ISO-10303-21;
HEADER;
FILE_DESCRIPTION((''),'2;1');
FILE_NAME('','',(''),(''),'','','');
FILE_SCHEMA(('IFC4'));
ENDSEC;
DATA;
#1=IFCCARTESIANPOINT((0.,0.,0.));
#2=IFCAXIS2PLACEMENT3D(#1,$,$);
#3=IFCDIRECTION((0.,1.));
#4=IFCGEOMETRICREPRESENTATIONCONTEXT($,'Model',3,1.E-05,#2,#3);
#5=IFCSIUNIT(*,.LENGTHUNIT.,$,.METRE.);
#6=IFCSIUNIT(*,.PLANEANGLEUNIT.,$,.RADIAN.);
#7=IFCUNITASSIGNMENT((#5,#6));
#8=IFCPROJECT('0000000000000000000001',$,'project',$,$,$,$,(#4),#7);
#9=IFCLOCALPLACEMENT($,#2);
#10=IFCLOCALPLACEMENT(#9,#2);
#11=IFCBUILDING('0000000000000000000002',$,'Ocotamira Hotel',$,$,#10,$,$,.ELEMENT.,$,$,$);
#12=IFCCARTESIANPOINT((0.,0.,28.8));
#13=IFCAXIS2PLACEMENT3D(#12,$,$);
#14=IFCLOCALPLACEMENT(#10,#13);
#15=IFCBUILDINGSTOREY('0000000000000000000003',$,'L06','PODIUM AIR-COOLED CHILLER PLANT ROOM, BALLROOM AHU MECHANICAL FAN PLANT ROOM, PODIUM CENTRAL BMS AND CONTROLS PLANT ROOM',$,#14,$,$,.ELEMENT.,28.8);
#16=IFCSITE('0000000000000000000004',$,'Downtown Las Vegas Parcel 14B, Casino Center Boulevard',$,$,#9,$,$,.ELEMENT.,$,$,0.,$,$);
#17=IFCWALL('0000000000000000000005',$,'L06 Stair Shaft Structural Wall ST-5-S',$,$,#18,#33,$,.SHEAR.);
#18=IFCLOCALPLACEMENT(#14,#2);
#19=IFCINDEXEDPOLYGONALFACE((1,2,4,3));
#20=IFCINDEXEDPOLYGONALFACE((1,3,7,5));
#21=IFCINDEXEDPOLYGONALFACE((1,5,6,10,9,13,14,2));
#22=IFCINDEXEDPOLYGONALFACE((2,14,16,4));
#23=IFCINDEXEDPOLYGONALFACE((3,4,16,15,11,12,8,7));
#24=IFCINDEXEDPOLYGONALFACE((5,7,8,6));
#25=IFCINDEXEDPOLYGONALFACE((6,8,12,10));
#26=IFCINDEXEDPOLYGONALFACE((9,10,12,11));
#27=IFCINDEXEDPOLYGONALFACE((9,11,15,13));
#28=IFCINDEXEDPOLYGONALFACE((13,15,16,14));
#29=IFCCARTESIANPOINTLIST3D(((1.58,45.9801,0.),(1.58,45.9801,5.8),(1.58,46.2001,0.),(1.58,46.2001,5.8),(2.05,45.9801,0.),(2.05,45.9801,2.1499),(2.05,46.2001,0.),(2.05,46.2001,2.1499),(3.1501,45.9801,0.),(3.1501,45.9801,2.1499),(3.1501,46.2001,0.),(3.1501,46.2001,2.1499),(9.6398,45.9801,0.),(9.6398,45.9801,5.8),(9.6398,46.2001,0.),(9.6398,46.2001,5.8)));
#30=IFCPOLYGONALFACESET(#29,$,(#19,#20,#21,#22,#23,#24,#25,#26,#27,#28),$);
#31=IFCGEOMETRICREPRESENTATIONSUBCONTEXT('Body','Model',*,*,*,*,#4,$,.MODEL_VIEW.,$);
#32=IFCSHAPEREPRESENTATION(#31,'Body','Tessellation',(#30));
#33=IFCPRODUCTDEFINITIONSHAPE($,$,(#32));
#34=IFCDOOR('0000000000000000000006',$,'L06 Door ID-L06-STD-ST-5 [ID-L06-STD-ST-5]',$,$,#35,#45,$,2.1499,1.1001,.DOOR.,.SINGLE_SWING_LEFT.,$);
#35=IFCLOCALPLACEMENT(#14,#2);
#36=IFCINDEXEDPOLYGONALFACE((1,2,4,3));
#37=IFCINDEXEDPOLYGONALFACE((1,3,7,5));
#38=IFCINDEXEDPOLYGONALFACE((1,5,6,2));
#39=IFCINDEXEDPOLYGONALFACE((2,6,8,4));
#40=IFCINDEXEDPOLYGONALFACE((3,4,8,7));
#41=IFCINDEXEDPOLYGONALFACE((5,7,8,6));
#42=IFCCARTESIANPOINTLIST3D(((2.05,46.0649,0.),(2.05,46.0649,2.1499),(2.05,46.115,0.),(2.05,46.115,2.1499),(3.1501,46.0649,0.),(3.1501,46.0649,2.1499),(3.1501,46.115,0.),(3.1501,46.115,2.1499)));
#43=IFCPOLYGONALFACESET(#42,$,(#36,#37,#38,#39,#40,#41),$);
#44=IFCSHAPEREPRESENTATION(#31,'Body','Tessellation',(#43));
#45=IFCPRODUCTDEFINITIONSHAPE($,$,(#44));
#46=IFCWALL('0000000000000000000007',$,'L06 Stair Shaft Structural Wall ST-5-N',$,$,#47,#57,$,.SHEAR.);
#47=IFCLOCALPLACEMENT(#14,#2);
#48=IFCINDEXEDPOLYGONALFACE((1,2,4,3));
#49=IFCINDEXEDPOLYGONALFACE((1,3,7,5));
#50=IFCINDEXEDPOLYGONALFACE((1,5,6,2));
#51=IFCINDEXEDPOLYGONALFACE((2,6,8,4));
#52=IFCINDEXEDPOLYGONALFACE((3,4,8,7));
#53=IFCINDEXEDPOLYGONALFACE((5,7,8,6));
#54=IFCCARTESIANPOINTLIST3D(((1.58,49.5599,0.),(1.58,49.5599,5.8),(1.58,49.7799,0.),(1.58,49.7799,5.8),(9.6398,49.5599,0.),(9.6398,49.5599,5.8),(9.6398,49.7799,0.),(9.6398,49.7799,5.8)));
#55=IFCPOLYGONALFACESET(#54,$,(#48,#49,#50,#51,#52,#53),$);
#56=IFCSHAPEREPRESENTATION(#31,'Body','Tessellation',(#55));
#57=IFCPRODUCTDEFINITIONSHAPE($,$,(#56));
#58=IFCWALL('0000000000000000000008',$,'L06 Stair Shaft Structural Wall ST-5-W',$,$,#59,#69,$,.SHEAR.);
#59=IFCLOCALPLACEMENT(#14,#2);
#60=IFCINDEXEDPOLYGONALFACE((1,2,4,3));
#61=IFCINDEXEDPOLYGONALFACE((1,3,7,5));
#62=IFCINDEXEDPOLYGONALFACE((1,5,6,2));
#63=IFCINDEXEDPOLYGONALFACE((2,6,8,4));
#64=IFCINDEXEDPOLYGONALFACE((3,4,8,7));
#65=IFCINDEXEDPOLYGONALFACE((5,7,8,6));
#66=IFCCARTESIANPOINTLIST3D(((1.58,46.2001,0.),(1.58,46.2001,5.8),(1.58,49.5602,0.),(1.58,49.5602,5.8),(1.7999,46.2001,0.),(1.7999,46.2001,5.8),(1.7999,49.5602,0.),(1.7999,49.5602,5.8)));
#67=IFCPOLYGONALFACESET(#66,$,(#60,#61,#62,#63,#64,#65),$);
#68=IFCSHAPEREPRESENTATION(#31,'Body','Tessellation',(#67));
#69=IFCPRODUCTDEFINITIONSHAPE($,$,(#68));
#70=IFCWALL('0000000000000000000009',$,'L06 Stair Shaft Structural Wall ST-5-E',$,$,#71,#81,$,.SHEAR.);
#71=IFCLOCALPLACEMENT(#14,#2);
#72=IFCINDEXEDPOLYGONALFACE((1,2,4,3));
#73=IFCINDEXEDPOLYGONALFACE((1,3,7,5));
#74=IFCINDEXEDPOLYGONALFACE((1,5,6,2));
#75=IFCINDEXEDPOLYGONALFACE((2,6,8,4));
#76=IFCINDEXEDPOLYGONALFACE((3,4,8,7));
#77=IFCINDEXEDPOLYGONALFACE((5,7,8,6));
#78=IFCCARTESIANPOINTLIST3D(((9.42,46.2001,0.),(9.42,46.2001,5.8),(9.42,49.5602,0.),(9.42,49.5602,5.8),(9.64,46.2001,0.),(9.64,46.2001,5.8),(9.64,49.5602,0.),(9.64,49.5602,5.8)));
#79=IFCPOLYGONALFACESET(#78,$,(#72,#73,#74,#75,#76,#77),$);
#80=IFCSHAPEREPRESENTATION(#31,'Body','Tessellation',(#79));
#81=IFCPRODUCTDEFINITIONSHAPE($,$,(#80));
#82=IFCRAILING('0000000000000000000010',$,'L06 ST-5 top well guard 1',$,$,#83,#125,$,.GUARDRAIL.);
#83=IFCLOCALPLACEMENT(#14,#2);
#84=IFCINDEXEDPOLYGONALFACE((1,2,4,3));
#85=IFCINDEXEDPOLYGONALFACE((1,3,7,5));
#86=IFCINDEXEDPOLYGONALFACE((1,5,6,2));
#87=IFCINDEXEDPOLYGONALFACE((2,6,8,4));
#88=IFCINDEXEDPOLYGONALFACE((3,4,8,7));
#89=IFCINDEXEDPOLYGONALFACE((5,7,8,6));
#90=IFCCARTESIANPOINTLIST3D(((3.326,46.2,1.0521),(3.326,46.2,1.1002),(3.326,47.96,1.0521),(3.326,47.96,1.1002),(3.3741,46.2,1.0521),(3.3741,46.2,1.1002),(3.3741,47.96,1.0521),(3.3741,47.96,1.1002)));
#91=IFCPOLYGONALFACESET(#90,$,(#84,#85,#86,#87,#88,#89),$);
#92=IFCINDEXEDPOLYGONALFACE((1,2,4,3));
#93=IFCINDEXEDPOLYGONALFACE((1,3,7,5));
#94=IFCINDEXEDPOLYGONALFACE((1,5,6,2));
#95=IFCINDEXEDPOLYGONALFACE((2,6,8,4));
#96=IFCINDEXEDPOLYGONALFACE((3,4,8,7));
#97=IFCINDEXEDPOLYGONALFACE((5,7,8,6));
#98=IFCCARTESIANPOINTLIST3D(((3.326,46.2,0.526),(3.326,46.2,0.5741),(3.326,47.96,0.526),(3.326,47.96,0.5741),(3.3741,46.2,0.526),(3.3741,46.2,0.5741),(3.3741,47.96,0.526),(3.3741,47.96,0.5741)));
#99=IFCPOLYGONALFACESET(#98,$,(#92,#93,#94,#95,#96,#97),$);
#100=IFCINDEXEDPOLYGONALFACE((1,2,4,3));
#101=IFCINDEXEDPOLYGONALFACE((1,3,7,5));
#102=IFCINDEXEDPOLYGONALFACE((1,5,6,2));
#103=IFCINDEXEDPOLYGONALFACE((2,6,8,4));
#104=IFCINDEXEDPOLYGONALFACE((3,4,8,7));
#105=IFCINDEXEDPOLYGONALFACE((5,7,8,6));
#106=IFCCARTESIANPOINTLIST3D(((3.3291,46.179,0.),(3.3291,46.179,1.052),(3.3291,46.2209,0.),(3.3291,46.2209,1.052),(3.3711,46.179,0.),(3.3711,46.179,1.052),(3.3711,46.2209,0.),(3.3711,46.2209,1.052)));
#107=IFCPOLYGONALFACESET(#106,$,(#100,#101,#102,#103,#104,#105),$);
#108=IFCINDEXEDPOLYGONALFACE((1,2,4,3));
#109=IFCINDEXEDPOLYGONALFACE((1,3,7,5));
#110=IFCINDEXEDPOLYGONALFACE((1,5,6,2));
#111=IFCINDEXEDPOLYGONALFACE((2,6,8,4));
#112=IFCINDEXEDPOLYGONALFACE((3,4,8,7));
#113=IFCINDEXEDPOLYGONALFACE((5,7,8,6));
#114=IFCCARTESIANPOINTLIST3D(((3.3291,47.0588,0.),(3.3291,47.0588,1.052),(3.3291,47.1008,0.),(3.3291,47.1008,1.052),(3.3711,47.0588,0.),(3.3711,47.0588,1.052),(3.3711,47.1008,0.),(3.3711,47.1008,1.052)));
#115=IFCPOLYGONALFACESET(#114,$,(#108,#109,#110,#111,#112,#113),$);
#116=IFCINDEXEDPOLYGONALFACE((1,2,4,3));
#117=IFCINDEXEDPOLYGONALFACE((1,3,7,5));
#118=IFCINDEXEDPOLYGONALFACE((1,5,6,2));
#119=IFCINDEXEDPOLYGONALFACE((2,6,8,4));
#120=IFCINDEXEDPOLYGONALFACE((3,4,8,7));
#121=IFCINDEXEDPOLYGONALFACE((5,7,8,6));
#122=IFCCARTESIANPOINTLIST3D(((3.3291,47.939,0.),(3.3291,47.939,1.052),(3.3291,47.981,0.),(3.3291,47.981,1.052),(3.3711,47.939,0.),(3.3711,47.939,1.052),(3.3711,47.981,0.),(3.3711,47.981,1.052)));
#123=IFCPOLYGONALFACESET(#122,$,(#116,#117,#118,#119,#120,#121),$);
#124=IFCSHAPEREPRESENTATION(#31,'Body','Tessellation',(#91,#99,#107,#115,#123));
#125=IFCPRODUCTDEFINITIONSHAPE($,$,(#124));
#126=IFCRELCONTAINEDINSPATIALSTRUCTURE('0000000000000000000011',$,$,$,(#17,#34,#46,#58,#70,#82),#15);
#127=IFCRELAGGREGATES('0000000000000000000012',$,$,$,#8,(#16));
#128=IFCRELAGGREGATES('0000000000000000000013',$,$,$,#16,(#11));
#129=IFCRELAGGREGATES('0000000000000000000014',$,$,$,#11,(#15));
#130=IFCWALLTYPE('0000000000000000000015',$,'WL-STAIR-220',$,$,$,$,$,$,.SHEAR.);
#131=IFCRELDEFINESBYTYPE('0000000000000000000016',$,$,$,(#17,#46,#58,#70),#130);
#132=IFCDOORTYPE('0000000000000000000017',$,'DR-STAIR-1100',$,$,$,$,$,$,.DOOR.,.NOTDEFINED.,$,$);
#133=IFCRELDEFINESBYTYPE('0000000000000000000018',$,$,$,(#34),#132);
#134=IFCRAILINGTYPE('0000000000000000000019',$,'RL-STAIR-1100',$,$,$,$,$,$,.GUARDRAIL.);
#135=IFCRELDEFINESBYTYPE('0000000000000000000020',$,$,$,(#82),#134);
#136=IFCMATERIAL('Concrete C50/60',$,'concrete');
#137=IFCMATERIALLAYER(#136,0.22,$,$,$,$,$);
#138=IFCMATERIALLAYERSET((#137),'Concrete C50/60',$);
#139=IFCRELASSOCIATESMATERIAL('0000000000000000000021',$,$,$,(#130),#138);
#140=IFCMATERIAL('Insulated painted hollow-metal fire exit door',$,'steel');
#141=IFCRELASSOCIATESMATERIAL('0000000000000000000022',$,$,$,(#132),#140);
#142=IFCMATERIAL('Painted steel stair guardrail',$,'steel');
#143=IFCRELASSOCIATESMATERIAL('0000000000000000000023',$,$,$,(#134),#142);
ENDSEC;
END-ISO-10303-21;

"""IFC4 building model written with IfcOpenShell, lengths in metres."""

from ifc_helpers import new_model, si_unit, direction, frame, frame_2d, origin, origin_2d, place, context, subcontext, project, spatial, rectangle, extrude, source, transform, mapped, material, layer, layer_set, type_object, element, fill, save


model = new_model("IFC4")

# Units and contexts
model_context = context("Model", 3, precision=1e-05, world=origin(), true_north=direction((0.0, 1.0)))
body_context = subcontext(model_context, "Body", "Model", "MODEL_VIEW")
ifc_project = project(units=[si_unit("LENGTHUNIT", "METRE"), si_unit("PLANEANGLEUNIT", "RADIAN")], contexts=[model_context])

# Site, building, storey
site_placement = place(None, origin())
site = spatial("IfcSite", under=ifc_project, at=site_placement, Name="Downtown Las Vegas Parcel 14B, Casino Center Boulevard", CompositionType="ELEMENT", RefElevation=0.0)
building_placement = place(site_placement, origin())
building = spatial("IfcBuilding", under=site, at=building_placement, Name="Ocotamira Hotel", CompositionType="ELEMENT")
storey_placement = place(building_placement, frame((0.0, 0.0, 28.8)))
storey = spatial("IfcBuildingStorey", under=building, at=storey_placement, Name="L06", Description="PODIUM AIR-COOLED CHILLER PLANT ROOM, BALLROOM AHU MECHANICAL FAN PLANT ROOM, PODIUM CENTRAL BMS AND CONTROLS PLANT ROOM", CompositionType="ELEMENT", Elevation=28.8)

# Shared definitions
ifc_material_1 = material(Name="Concrete C50/60", Category="concrete")

# Shared definitions
shared_shape_1 = source(origin(), body_context, "Body", "SweptSolid", [
    extrude(rectangle(XDim=1.1001, YDim=2.1499, at=frame_2d((0.55, 1.075))), frame((0.0, 0.0249, 0.0), z_axis=(0.0, -1.0, 0.0), x_axis=(1.0, 0.0, 0.0)), (0.0, 0.0, 1.0), 0.05),
])

# Shared definitions
ifc_layer_1 = layer(ifc_material_1, 0.22)
ifc_layer_set_1 = layer_set([ifc_layer_1], Name="Concrete C50/60")
wall_type_1 = type_object("IfcWallType", Name="WL-STAIR-220", PredefinedType="SHEAR", material=ifc_layer_set_1)

# Wall, opening, door
wall_1_placement = place(storey_placement, frame((1.5801, 46.0901, 0.0), z_axis=(0.0, 0.0, 1.0), x_axis=(1.0, 0.0, 0.0)))
wall_1 = element("IfcWall", 1, at=wall_1_placement, inside=storey, type_object=wall_type_1, Name="L06 Stair Shaft Structural Wall ST-5-S", PredefinedType="SHEAR", context=body_context, shape_type="SweptSolid", body=[
    extrude(rectangle(XDim=8.0598, YDim=0.22, at=frame_2d((4.0298, 0.0))), origin(), (0.0, 0.0, 1.0), 5.8),
])
opening_1_placement = place(wall_1_placement, frame((0.47, 0.0, 0.0)))
opening_1 = element("IfcOpeningElement", 2, at=opening_1_placement, cuts=wall_1, PredefinedType="OPENING", context=body_context, shape_type="SweptSolid", body=[
    extrude(rectangle(XDim=1.1001, YDim=2.1499, at=frame_2d((0.55, 1.075))), frame((0.0, 0.1201, 0.0), z_axis=(0.0, -1.0, 0.0), x_axis=(1.0, 0.0, 0.0)), (0.0, 0.0, 1.0), 0.24),
])
ifc_material_2 = material(Name="Insulated painted hollow-metal fire exit door", Category="steel")
door_type_1 = type_object("IfcDoorType", Name="DR-STAIR-1100", OperationType="NOTDEFINED", PredefinedType="DOOR", material=ifc_material_2)
door_1_placement = place(opening_1_placement, origin())
door_1 = element("IfcDoor", 3, at=door_1_placement, inside=storey, type_object=door_type_1, Name="L06 Door ID-L06-STD-ST-5 [ID-L06-STD-ST-5]", OperationType="SINGLE_SWING_LEFT", OverallHeight=2.1499, OverallWidth=1.1001, PredefinedType="DOOR", context=body_context, shape_type="MappedRepresentation", body=[
    mapped(shared_shape_1, transform((0.0, 0.0, 0.0), scale=1.0)),
])
fill(opening_1, door_1)

# Walls
wall_2_placement = place(storey_placement, frame((1.5801, 49.6699, 0.0), z_axis=(0.0, 0.0, 1.0), x_axis=(1.0, 0.0, 0.0)))
element("IfcWall", 4, at=wall_2_placement, inside=storey, type_object=wall_type_1, Name="L06 Stair Shaft Structural Wall ST-5-N", PredefinedType="SHEAR", context=body_context, shape_type="SweptSolid", body=[
    extrude(rectangle(XDim=8.0598, YDim=0.22, at=frame_2d((4.0298, 0.0))), origin(), (0.0, 0.0, 1.0), 5.8),
])
for number, where, z_axis, x_axis, name in (
    (5, (1.6899, 46.2, 0.0), (0.0, 0.0, 1.0), (0.0, 1.0, 0.0), "L06 Stair Shaft Structural Wall ST-5-W"),
    (6, (9.53, 46.2, 0.0), (0.0, 0.0, 1.0), (0.0, 1.0, 0.0), "L06 Stair Shaft Structural Wall ST-5-E"),
):
    element("IfcWall", number, at=place(storey_placement, frame(where, z_axis=z_axis, x_axis=x_axis)), inside=storey, type_object=wall_type_1, Name=name, PredefinedType="SHEAR", context=body_context, shape_type="SweptSolid", body=[
        extrude(rectangle(XDim=3.3601, YDim=0.22, at=frame_2d((1.6802, 0.0))), origin(), (0.0, 0.0, 1.0), 5.8),
    ])

# Railing
ifc_material_3 = material(Name="Painted steel stair guardrail", Category="steel")
railing_type = type_object("IfcRailingType", Name="RL-STAIR-1100", PredefinedType="GUARDRAIL", material=ifc_material_3)
railing_placement = place(storey_placement, frame((3.3501, 46.2, 0.0)))
element("IfcRailing", 7, at=railing_placement, inside=storey, type_object=railing_type, Name="L06 ST-5 top well guard 1", PredefinedType="GUARDRAIL", context=body_context, shape_type="SweptSolid", body=[
    extrude(rectangle(XDim=0.0481, YDim=0.0481, at=origin_2d()), frame((0.0, 0.0, 1.0762), z_axis=(0.0, 1.0, 0.0), x_axis=(-1.0, 0.0, 0.0)), (0.0, 0.0, 1.0), 1.76),
    extrude(rectangle(XDim=0.0481, YDim=0.0481, at=origin_2d()), frame((0.0, 0.0, 0.55), z_axis=(0.0, 1.0, 0.0), x_axis=(-1.0, 0.0, 0.0)), (0.0, 0.0, 1.0), 1.76),
    extrude(rectangle(XDim=0.042, YDim=0.042, at=origin_2d()), origin(), (0.0, 0.0, 1.0), 1.052),
    extrude(rectangle(XDim=0.042, YDim=0.042, at=origin_2d()), frame((0.0, 0.8799, 0.0)), (0.0, 0.0, 1.0), 1.052),
    extrude(rectangle(XDim=0.042, YDim=0.042, at=origin_2d()), frame((0.0, 1.76, 0.0)), (0.0, 0.0, 1.0), 1.052),
])

save(model, "model.ifc")
